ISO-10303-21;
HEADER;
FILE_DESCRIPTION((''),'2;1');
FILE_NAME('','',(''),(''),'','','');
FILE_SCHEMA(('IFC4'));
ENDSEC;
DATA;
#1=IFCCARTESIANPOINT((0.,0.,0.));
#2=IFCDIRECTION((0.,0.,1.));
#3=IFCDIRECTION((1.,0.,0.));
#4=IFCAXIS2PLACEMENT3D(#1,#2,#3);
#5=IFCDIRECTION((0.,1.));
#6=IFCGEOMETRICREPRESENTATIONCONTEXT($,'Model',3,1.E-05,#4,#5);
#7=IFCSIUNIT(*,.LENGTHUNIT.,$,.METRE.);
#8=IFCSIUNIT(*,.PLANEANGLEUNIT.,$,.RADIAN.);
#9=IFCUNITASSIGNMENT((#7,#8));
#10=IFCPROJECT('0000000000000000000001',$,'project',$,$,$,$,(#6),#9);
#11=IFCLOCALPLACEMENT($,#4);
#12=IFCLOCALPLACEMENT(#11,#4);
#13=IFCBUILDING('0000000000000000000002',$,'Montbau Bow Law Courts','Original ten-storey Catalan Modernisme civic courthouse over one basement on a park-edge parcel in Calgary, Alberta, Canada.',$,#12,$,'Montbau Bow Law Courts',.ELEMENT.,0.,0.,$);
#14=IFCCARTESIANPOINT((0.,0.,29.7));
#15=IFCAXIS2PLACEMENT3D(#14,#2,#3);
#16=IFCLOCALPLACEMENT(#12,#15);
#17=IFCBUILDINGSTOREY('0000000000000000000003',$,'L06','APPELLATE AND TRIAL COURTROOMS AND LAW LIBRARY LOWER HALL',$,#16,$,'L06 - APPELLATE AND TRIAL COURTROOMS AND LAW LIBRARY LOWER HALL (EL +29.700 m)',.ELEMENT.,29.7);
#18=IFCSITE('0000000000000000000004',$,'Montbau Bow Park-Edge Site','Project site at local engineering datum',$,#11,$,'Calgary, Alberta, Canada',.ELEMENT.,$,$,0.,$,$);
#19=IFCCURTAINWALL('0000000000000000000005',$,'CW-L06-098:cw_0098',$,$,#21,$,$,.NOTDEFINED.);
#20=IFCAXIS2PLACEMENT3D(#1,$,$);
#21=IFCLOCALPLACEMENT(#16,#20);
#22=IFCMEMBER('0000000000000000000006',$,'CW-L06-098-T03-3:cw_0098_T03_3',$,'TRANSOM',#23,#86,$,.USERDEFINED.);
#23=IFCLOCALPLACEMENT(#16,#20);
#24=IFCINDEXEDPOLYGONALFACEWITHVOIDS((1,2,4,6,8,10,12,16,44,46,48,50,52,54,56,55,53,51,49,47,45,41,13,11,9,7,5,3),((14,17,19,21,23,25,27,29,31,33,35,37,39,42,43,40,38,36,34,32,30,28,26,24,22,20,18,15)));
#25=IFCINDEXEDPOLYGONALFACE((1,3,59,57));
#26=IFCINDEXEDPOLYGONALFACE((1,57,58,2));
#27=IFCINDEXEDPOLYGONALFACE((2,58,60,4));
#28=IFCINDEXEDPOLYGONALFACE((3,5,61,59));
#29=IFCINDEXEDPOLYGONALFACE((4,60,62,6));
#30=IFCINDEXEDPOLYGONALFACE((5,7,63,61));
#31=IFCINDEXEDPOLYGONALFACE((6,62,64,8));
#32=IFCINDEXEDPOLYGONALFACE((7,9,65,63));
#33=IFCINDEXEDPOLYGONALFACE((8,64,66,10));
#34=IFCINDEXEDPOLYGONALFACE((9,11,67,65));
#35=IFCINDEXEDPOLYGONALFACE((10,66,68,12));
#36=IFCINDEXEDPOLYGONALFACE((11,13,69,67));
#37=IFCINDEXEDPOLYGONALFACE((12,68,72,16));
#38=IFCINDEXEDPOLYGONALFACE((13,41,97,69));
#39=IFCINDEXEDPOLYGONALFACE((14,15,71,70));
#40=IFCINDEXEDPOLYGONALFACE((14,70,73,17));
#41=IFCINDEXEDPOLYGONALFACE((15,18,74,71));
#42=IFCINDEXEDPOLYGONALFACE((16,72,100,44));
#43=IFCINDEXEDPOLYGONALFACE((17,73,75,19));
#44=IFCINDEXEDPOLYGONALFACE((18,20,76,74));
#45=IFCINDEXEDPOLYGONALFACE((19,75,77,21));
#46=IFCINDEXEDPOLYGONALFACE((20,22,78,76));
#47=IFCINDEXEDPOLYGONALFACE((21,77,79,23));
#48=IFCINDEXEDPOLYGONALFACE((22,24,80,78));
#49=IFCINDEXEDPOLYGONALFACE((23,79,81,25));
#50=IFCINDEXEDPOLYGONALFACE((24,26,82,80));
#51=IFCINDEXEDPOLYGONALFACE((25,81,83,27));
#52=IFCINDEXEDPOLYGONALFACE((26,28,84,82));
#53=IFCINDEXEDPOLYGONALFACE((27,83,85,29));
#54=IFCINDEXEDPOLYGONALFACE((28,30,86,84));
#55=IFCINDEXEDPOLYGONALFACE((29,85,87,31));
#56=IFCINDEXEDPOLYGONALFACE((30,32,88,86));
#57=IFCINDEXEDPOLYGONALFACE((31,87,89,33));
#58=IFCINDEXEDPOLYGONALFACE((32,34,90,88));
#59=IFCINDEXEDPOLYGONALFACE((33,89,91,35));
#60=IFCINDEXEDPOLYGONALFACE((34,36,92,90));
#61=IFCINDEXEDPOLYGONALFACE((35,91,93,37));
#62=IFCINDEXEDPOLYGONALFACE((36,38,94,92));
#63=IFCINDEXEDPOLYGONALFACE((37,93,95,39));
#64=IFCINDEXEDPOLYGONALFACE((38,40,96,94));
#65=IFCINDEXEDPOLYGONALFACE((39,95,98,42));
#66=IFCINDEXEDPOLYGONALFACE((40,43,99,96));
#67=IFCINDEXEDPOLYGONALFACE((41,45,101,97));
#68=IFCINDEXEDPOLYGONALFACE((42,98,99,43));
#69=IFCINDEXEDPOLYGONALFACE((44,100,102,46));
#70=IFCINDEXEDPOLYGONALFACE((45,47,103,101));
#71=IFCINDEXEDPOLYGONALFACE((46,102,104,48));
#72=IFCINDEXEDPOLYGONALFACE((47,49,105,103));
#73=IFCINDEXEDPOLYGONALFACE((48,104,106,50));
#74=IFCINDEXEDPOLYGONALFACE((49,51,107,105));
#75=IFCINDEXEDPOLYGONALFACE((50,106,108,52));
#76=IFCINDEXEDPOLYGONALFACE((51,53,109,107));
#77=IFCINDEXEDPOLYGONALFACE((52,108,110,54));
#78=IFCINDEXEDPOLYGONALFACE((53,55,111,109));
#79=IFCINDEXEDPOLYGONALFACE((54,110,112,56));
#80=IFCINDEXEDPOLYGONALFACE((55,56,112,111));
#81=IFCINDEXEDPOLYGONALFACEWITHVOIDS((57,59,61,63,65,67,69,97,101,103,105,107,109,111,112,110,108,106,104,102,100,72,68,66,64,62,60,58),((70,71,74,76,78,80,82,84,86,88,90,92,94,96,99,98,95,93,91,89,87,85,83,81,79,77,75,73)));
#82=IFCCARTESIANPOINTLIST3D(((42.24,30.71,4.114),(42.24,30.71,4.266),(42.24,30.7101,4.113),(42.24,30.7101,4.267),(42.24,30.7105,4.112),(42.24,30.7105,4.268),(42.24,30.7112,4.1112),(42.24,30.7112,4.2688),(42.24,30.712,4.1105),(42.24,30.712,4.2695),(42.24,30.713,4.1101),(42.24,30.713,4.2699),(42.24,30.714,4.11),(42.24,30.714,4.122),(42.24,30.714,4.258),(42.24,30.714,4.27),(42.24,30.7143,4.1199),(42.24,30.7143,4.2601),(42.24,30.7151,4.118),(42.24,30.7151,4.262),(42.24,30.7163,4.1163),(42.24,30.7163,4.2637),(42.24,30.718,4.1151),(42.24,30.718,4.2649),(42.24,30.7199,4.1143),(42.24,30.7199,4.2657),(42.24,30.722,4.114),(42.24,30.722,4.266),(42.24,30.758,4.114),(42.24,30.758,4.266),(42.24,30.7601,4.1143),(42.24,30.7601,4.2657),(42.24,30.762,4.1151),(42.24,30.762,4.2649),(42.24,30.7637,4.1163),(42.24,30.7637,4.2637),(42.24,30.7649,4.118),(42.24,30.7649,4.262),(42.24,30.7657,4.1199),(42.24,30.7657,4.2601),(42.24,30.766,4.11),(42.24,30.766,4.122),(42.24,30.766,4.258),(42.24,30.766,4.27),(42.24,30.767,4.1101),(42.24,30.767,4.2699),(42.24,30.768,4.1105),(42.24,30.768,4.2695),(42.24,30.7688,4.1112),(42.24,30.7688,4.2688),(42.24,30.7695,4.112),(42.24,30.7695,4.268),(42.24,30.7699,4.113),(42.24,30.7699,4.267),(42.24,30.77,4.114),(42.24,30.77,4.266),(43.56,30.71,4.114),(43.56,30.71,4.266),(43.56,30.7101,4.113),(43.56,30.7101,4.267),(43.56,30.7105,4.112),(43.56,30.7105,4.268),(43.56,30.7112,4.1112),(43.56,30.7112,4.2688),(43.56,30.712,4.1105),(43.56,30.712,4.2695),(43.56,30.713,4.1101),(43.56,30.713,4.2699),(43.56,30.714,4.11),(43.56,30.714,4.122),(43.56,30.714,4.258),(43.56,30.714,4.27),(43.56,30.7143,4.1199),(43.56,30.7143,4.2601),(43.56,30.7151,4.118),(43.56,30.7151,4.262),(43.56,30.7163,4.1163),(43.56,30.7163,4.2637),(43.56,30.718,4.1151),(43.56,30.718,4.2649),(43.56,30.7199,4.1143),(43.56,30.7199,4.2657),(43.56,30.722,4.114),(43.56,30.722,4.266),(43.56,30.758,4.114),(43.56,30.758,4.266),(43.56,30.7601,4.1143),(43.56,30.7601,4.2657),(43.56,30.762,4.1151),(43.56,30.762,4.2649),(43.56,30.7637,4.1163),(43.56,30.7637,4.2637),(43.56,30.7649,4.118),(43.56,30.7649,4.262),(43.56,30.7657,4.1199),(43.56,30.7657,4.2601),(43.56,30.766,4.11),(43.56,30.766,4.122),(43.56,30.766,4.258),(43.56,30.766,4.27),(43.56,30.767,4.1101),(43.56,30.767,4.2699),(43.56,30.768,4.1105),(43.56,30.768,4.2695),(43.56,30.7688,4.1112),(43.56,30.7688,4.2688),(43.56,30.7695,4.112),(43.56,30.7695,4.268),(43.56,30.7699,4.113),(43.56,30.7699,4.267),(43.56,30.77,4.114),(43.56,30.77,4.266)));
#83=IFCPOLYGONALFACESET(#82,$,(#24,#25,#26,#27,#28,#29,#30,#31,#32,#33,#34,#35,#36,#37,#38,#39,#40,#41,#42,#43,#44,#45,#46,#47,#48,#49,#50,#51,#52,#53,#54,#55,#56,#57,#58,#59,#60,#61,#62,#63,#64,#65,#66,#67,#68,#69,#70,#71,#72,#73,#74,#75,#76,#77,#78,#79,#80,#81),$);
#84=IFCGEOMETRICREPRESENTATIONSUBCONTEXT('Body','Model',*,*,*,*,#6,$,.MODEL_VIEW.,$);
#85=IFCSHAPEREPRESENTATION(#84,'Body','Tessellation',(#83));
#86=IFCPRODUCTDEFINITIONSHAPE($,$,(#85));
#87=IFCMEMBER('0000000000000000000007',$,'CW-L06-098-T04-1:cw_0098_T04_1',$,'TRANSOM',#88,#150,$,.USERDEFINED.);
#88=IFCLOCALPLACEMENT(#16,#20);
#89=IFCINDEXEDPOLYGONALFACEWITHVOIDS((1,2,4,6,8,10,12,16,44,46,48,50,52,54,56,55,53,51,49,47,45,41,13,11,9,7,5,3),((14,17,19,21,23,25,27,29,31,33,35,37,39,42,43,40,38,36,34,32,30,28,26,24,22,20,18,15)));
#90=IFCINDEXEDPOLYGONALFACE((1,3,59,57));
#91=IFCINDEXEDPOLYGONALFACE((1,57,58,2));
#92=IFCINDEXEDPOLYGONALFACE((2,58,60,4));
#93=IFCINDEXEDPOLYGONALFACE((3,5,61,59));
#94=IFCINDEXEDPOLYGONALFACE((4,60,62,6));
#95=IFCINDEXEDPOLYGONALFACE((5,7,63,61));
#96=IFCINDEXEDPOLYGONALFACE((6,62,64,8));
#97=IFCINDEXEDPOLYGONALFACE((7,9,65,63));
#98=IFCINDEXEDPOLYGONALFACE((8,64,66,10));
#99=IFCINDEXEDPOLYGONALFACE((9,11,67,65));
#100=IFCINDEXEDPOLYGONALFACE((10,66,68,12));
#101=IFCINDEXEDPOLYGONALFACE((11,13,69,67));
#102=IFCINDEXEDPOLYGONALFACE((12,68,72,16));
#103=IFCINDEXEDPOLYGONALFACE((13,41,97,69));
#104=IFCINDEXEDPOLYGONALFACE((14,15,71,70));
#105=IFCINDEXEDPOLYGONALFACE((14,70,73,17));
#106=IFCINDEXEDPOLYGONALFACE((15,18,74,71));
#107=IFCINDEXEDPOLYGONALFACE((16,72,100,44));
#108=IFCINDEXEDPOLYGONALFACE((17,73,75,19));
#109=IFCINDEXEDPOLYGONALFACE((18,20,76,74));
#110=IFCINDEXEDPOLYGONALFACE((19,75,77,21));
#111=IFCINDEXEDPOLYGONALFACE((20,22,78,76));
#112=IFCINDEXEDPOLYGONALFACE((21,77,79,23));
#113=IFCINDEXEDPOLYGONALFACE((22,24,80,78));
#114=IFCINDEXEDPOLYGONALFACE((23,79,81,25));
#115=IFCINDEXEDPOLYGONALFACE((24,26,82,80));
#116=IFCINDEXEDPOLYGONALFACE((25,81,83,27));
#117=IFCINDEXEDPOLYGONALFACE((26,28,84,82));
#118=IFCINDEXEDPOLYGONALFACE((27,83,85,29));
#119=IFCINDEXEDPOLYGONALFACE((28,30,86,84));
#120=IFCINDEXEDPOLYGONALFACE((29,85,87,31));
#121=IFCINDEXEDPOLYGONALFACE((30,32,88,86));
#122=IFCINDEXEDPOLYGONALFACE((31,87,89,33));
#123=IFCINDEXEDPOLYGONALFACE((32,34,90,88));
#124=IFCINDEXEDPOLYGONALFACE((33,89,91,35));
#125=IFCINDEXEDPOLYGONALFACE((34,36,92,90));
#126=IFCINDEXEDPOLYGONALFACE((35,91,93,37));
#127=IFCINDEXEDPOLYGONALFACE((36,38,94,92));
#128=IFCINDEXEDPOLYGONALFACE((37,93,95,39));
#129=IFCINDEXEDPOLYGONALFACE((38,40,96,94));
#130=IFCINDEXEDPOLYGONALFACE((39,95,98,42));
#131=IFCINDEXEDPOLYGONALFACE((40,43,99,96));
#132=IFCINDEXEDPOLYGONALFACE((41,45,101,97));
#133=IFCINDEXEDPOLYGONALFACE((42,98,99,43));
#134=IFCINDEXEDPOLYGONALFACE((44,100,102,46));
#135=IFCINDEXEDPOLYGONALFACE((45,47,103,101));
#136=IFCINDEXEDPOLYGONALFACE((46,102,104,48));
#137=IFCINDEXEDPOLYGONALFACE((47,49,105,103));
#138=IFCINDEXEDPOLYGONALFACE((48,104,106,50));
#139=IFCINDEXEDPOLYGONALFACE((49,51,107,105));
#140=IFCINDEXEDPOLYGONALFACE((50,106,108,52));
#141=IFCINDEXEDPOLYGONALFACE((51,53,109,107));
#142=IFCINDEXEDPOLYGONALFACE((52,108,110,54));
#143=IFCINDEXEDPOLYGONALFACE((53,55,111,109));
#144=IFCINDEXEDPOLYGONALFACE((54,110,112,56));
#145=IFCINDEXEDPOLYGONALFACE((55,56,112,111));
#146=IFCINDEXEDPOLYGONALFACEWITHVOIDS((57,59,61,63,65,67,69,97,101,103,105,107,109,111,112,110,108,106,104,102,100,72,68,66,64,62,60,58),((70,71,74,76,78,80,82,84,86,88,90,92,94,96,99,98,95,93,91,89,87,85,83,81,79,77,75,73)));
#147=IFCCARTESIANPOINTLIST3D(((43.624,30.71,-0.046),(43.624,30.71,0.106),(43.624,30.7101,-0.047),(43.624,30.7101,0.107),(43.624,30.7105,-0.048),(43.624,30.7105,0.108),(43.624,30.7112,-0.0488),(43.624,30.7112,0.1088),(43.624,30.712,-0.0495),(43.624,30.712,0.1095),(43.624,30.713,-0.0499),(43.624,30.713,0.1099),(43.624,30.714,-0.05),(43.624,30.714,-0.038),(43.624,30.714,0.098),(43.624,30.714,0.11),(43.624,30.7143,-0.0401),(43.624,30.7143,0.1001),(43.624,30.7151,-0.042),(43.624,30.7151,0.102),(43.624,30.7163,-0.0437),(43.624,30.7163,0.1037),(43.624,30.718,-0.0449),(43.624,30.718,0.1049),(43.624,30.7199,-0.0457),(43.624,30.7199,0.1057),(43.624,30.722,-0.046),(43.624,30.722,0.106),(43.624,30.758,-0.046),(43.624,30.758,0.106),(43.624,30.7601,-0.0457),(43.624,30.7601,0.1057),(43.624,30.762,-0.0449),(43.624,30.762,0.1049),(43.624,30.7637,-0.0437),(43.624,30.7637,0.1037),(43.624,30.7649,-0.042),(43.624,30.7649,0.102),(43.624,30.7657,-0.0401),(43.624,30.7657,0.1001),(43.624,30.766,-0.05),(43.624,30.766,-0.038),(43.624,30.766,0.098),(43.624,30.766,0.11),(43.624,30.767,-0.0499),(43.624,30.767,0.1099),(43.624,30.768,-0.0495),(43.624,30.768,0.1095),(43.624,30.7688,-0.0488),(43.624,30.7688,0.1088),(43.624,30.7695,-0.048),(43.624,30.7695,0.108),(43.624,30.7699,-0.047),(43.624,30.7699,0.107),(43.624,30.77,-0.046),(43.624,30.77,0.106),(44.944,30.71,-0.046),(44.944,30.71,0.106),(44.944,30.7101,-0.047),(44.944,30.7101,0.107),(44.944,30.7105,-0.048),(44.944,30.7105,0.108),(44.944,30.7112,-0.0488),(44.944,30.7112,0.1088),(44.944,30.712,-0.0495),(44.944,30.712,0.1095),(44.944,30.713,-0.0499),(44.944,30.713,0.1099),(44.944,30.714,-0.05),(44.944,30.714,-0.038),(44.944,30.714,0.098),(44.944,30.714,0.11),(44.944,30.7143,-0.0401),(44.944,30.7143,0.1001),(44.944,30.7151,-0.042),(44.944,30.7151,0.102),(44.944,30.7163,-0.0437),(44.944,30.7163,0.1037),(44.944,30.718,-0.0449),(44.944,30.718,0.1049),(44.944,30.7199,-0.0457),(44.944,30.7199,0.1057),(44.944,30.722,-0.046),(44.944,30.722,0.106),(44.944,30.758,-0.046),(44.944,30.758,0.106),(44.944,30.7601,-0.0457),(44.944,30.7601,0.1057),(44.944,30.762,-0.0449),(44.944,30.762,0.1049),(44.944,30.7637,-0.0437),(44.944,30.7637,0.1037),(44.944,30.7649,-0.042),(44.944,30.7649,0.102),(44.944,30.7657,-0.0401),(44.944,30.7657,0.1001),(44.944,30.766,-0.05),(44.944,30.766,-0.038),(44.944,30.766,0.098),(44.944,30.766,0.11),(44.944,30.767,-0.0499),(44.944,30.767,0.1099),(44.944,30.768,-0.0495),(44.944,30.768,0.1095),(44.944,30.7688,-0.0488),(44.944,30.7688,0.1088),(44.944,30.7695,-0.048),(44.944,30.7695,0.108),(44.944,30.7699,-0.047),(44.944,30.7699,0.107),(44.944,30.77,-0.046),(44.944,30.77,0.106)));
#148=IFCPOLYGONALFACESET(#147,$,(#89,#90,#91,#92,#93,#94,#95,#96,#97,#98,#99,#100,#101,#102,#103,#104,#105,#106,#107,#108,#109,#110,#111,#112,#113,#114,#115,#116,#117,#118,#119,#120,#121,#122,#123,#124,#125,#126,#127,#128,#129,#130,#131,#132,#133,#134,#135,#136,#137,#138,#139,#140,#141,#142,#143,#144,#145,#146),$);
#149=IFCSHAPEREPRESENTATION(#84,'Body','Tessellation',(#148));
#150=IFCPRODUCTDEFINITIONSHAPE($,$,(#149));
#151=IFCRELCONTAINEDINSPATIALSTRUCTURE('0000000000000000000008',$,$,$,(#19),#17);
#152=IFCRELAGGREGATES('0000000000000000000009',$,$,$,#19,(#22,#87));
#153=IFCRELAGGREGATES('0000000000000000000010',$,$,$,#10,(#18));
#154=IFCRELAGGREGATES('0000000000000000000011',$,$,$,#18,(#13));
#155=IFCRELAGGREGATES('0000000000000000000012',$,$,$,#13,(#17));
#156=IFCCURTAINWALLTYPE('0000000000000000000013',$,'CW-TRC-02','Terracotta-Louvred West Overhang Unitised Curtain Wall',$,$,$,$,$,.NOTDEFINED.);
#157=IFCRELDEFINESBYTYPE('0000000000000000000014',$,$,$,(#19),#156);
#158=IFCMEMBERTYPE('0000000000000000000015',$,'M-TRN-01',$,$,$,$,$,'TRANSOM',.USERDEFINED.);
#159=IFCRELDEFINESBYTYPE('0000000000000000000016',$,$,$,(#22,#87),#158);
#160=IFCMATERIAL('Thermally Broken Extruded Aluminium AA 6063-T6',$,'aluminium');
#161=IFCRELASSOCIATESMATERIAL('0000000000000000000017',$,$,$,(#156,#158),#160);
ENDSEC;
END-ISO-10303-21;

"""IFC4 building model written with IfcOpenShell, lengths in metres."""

from ifc_helpers import new_model, si_unit, direction, frame, origin_with_axes, origin_2d_with_axis, place, context, subcontext, project, spatial, hollow_rectangle, extrude, material, material_profile, profile_set, type_object, element, aggregate, save


model = new_model("IFC4")

# Units and contexts
model_context = context("Model", 3, precision=1e-05, world=origin_with_axes(), true_north=direction((0.0, 1.0)))
body_context = subcontext(model_context, "Body", "Model", "MODEL_VIEW")
ifc_project = project(units=[si_unit("LENGTHUNIT", "METRE"), si_unit("PLANEANGLEUNIT", "RADIAN")], contexts=[model_context])

# Site, building, storey
site_placement = place(None, origin_with_axes())
site = spatial("IfcSite", under=ifc_project, at=site_placement, Name="Montbau Bow Park-Edge Site", Description="Project site at local engineering datum", LongName="Calgary, Alberta, Canada", CompositionType="ELEMENT", RefElevation=0.0)
building_placement = place(site_placement, origin_with_axes())
building = spatial("IfcBuilding", under=site, at=building_placement, Name="Montbau Bow Law Courts", Description="Original ten-storey Catalan Modernisme civic courthouse over one basement on a park-edge parcel in Calgary, Alberta, Canada.", LongName="Montbau Bow Law Courts", CompositionType="ELEMENT", ElevationOfRefHeight=0.0, ElevationOfTerrain=0.0)
storey_placement = place(building_placement, frame((0.0, 0.0, 29.7), z_axis=(0.0, 0.0, 1.0), x_axis=(1.0, 0.0, 0.0)))
storey = spatial("IfcBuildingStorey", under=building, at=storey_placement, Name="L06", Description="APPELLATE AND TRIAL COURTROOMS AND LAW LIBRARY LOWER HALL", LongName="L06 - APPELLATE AND TRIAL COURTROOMS AND LAW LIBRARY LOWER HALL (EL +29.700 m)", CompositionType="ELEMENT", Elevation=29.7)

# Curtain wall, members
ifc_material_1 = material(Name="Thermally Broken Extruded Aluminium AA 6063-T6", Category="aluminium")
curtain_wall_type = type_object("IfcCurtainWallType", Name="CW-TRC-02", Description="Terracotta-Louvred West Overhang Unitised Curtain Wall", PredefinedType="NOTDEFINED", material=ifc_material_1)
curtain_wall_placement = place(None, frame((39.44, 30.74, 29.7), z_axis=(0.0, 0.0, 1.0), x_axis=(1.0, 0.0, 0.0)))
curtain_wall = element("IfcCurtainWall", 1, at=curtain_wall_placement, inside=storey, type_object=curtain_wall_type, Name="CW-L06-098:cw_0098", PredefinedType="NOTDEFINED")
ifc_material_profile_1 = material_profile(ifc_material_1, hollow_rectangle(XDim=0.06, YDim=0.16, WallThickness=0.004, InnerFilletRadius=0.008, OuterFilletRadius=0.004, at=origin_2d_with_axis()), Name="CWT-160X60", Category="Main", Priority=0)
ifc_profile_set_1 = profile_set([ifc_material_profile_1], Name="Thermally Broken Extruded Aluminium AA 6063-T6")
member_type_1 = type_object("IfcMemberType", Name="M-TRN-01", ElementType="TRANSOM", PredefinedType="USERDEFINED", material=ifc_profile_set_1)
member_1_placement = place(None, frame((42.24, 30.74, 33.89), z_axis=(1.0, 0.0, 0.0), x_axis=(0.0, 1.0, 0.0)))
member_1 = element("IfcMember", 2, at=member_1_placement, type_object=member_type_1, Name="CW-L06-098-T03-3:cw_0098_T03_3", ObjectType="TRANSOM", PredefinedType="USERDEFINED", context=body_context, shape_type="SweptSolid", body=[
    extrude(hollow_rectangle(XDim=0.06, YDim=0.16, WallThickness=0.004, InnerFilletRadius=0.008, OuterFilletRadius=0.004, at=origin_2d_with_axis()), origin_with_axes(), (0.0, 0.0, 1.0), 1.32),
])
member_2_placement = place(None, frame((43.624, 30.74, 29.73), z_axis=(1.0, 0.0, 0.0), x_axis=(0.0, 1.0, 0.0)))
member_2 = element("IfcMember", 3, at=member_2_placement, type_object=member_type_1, Name="CW-L06-098-T04-1:cw_0098_T04_1", ObjectType="TRANSOM", PredefinedType="USERDEFINED", context=body_context, shape_type="SweptSolid", body=[
    extrude(hollow_rectangle(XDim=0.06, YDim=0.16, WallThickness=0.004, InnerFilletRadius=0.008, OuterFilletRadius=0.004, at=origin_2d_with_axis()), origin_with_axes(), (0.0, 0.0, 1.0), 1.32),
])
aggregate(curtain_wall, [member_1, member_2])

save(model, "model.ifc")
